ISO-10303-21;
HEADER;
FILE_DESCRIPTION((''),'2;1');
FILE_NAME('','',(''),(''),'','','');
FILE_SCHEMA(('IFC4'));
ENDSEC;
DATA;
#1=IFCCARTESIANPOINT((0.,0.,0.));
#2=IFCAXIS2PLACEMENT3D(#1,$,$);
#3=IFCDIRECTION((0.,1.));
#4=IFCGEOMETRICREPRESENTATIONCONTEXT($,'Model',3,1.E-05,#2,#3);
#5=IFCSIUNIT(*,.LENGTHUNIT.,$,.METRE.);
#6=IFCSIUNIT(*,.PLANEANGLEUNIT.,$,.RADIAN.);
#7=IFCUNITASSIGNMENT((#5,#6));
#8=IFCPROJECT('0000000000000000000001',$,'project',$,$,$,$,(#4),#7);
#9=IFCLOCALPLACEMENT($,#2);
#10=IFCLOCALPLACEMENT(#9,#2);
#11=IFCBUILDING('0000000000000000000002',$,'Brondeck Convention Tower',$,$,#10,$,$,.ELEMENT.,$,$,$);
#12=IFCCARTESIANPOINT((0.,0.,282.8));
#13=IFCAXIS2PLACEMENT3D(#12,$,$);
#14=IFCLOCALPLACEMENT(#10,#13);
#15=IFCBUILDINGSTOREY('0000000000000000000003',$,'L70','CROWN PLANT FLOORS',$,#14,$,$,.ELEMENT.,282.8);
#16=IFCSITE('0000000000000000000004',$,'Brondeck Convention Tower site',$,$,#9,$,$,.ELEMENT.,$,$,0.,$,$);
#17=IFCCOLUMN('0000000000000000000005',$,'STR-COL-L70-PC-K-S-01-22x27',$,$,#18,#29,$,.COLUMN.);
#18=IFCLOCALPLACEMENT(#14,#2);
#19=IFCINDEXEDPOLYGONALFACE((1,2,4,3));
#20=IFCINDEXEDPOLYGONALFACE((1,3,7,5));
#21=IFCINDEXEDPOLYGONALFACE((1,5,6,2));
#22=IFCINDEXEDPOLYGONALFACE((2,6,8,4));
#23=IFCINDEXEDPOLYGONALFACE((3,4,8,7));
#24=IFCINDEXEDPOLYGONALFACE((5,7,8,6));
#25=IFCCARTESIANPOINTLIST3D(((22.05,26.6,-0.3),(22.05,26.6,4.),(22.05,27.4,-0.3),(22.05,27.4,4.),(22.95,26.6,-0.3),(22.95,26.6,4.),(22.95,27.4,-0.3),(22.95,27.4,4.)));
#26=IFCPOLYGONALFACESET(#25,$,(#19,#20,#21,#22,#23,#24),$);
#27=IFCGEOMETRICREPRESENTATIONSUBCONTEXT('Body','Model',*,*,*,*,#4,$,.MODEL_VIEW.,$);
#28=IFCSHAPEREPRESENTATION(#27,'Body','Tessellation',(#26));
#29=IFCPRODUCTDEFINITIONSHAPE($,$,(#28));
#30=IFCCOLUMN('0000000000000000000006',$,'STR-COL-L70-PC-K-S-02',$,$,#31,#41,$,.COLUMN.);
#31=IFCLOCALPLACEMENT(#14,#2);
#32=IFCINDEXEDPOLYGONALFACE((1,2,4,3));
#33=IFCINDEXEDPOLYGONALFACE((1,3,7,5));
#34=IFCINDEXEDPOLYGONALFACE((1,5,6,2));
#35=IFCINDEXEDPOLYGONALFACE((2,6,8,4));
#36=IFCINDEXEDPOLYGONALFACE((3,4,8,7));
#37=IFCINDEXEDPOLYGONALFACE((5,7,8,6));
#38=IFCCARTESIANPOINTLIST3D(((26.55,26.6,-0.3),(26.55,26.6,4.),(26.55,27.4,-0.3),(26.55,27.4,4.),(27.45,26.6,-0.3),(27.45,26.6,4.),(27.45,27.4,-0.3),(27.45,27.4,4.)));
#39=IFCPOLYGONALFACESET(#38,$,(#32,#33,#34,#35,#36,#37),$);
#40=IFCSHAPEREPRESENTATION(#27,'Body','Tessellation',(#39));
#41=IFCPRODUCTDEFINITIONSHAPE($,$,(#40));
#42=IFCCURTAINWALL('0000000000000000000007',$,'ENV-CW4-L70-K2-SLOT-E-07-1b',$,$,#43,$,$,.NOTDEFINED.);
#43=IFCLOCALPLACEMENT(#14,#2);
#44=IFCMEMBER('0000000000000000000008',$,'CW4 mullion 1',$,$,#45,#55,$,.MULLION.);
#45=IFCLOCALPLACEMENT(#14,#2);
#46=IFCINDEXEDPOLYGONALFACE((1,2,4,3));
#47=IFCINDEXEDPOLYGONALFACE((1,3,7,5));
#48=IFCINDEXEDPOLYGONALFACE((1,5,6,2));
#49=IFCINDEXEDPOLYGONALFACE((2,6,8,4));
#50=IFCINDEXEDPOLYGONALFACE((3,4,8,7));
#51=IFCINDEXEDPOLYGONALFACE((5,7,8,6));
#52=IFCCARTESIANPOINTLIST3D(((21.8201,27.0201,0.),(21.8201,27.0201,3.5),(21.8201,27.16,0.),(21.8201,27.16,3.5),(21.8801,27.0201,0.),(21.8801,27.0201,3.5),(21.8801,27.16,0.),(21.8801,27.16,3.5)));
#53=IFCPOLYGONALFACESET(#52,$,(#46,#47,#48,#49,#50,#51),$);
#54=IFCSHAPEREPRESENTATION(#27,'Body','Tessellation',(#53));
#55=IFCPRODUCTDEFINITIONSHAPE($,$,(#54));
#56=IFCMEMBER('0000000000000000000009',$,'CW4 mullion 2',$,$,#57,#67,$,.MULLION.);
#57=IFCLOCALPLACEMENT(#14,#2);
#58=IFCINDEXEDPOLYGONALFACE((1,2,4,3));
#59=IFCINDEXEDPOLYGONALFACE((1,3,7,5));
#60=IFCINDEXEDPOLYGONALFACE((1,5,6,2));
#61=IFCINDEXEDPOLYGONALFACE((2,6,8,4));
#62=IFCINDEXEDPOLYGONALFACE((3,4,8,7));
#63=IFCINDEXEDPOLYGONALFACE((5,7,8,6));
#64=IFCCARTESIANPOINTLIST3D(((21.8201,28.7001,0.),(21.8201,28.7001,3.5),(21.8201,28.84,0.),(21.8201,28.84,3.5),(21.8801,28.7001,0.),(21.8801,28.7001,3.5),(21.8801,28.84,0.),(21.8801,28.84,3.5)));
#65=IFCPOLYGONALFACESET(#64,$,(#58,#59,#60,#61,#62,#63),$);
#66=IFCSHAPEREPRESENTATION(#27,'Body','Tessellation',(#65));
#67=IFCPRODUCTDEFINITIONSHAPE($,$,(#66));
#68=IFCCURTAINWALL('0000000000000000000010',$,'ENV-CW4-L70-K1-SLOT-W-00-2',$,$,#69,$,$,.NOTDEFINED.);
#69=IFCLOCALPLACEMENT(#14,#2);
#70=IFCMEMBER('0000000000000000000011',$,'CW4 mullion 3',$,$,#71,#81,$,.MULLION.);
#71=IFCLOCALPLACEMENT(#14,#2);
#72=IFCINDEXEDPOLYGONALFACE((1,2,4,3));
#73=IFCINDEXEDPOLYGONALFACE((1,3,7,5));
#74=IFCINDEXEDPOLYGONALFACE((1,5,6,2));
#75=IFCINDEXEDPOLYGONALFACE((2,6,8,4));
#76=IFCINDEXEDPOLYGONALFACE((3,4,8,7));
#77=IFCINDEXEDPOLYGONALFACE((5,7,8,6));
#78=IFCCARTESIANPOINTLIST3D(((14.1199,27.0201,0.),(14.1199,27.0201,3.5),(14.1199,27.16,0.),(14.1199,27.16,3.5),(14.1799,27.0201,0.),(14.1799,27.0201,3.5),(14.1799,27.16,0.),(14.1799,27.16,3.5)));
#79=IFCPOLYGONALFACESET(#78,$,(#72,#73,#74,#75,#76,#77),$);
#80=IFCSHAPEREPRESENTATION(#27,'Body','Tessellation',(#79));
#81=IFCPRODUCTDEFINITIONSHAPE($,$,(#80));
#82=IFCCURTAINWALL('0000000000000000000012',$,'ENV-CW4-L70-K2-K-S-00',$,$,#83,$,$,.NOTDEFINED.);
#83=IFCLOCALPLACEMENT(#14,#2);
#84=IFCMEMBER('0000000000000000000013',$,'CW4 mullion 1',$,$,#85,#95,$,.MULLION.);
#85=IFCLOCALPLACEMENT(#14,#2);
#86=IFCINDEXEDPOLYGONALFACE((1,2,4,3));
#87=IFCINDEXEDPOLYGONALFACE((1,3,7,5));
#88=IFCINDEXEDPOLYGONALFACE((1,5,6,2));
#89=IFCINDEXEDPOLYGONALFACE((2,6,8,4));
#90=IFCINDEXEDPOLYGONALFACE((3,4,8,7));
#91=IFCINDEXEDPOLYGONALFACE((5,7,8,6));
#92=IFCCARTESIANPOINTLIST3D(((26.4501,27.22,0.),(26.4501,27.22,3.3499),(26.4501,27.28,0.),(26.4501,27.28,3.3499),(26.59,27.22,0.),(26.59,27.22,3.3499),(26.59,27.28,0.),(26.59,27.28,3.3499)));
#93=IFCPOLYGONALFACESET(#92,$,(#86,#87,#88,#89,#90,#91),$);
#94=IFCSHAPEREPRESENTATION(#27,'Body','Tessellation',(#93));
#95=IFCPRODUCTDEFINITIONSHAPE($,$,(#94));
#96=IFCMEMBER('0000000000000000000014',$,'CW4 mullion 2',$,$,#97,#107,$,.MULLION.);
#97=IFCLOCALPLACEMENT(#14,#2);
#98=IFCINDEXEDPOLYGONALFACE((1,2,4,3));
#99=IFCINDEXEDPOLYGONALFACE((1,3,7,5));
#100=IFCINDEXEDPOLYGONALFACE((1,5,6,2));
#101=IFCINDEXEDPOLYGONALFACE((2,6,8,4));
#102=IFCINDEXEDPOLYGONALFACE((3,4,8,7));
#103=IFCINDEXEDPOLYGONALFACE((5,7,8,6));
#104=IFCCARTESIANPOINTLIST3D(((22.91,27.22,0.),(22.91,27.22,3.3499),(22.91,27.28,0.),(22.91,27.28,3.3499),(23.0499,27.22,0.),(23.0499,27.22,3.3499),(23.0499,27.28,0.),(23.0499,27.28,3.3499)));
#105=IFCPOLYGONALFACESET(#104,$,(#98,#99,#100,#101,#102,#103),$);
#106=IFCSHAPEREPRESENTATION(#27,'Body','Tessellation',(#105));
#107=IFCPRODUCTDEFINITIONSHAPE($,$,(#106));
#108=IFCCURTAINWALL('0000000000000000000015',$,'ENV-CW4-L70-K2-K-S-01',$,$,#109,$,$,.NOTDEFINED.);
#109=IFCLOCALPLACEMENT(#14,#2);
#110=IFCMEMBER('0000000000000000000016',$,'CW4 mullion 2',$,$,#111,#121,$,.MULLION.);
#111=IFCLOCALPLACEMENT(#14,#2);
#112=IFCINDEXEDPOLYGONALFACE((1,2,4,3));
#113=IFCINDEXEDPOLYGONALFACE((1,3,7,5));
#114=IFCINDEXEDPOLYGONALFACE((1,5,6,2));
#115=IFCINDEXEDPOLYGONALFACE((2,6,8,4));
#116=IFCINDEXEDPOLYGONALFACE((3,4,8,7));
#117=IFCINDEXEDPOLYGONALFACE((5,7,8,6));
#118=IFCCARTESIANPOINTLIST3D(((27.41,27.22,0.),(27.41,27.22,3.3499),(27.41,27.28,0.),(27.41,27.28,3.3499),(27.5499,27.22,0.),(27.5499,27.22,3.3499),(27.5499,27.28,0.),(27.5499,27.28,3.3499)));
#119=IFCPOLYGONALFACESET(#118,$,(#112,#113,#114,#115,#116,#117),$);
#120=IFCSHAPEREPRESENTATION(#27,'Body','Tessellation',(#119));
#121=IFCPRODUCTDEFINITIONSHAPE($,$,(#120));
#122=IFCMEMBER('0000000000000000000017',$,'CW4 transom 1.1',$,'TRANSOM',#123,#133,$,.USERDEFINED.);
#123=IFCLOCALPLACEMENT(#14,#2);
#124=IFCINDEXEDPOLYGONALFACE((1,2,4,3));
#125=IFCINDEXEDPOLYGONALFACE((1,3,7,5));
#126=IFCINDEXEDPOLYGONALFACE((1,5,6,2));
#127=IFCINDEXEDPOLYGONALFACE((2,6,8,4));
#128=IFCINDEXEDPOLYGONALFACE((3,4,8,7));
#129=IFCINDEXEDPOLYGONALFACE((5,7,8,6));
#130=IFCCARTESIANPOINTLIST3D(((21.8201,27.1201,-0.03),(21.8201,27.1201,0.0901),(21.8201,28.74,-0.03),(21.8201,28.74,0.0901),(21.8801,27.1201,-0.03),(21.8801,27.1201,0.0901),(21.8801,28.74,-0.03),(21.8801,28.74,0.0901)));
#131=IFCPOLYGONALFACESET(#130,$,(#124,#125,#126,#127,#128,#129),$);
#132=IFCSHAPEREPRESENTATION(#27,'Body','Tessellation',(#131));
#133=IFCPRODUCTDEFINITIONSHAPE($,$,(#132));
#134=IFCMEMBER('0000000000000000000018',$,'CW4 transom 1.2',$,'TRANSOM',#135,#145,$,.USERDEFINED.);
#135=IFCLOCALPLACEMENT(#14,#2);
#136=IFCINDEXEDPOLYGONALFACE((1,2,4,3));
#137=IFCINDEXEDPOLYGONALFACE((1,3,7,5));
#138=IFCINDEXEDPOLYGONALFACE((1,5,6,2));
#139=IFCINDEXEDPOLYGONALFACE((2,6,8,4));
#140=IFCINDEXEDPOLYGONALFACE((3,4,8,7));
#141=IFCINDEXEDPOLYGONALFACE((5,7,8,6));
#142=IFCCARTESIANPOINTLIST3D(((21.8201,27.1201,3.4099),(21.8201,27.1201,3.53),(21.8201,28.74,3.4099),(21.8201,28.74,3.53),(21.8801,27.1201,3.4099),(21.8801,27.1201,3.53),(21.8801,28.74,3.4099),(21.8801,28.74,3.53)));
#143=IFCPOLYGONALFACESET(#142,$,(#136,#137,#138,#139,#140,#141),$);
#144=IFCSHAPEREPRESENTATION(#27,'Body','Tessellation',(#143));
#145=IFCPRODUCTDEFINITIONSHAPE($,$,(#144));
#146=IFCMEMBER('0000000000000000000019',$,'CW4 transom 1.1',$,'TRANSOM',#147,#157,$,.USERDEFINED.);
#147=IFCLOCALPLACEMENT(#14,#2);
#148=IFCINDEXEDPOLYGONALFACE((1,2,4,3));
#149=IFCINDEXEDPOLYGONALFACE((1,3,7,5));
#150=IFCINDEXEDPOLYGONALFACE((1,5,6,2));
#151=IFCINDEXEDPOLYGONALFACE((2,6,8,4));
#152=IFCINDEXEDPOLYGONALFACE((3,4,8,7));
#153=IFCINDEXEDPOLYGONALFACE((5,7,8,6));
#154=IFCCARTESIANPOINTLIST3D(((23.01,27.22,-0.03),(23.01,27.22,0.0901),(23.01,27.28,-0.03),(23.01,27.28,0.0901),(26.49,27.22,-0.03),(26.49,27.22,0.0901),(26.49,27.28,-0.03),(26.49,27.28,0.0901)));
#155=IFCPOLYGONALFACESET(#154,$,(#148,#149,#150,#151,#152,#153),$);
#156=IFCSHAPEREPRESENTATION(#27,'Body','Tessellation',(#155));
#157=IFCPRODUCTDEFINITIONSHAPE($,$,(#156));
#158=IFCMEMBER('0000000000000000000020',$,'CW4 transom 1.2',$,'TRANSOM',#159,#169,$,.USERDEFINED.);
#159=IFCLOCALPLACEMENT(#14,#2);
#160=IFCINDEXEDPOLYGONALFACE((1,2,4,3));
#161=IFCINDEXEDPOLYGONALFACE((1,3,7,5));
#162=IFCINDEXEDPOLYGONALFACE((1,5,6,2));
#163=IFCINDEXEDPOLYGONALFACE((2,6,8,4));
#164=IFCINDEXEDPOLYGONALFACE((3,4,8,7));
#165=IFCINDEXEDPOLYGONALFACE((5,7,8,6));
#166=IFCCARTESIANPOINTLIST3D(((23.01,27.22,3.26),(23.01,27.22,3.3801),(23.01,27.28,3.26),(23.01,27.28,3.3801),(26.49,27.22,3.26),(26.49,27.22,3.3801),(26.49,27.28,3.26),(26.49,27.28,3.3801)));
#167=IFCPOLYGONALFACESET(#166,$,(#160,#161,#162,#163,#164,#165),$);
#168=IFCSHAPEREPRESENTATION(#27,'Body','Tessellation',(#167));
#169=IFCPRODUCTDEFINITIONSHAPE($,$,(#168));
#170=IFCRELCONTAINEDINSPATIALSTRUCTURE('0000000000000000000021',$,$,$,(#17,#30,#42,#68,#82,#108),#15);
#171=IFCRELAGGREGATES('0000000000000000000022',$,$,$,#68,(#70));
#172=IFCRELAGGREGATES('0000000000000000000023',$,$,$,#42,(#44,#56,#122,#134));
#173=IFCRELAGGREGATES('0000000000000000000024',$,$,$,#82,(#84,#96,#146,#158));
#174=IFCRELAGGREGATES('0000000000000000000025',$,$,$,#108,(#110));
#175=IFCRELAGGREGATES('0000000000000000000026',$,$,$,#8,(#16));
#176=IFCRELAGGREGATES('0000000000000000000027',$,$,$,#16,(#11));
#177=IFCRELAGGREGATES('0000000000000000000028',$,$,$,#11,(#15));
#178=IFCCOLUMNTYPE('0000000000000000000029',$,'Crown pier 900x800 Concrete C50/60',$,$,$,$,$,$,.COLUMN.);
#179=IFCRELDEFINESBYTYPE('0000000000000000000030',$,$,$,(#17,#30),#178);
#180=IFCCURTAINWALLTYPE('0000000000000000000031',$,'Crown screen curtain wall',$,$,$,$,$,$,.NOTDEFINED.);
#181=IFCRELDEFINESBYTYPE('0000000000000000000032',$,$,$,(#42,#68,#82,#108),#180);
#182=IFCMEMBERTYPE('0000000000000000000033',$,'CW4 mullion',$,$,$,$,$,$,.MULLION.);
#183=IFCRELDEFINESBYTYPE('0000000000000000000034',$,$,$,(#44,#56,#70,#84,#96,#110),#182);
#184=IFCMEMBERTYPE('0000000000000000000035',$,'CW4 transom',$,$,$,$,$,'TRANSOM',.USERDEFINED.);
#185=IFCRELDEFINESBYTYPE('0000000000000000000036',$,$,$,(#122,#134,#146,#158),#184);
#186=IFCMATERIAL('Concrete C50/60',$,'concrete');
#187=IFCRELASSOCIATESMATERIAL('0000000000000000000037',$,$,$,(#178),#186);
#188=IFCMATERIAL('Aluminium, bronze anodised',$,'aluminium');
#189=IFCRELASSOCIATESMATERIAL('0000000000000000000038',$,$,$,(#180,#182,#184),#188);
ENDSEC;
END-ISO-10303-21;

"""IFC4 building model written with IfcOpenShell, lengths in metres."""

from ifc_helpers import new_model, si_unit, direction, frame, origin, origin_2d, place, context, subcontext, project, spatial, rectangle, extrude, material, material_profile, profile_set, type_object, element, aggregate, save


model = new_model("IFC4")

# Units and contexts
model_context = context("Model", 3, precision=1e-05, world=origin(), true_north=direction((0.0, 1.0)))
body_context = subcontext(model_context, "Body", "Model", "MODEL_VIEW")
ifc_project = project(units=[si_unit("LENGTHUNIT", "METRE"), si_unit("PLANEANGLEUNIT", "RADIAN")], contexts=[model_context])

# Site, building, storey
site_placement = place(None, origin())
site = spatial("IfcSite", under=ifc_project, at=site_placement, Name="Brondeck Convention Tower site", CompositionType="ELEMENT", RefElevation=0.0)
building_placement = place(site_placement, origin())
building = spatial("IfcBuilding", under=site, at=building_placement, Name="Brondeck Convention Tower", CompositionType="ELEMENT")
storey_placement = place(building_placement, frame((0.0, 0.0, 282.8)))
storey = spatial("IfcBuildingStorey", under=building, at=storey_placement, Name="L70", Description="CROWN PLANT FLOORS", CompositionType="ELEMENT", Elevation=282.8)

# Columns
ifc_material_1 = material(Name="Concrete C50/60", Category="concrete")
ifc_material_profile_1 = material_profile(ifc_material_1, rectangle(XDim=0.8999, YDim=0.8, at=origin_2d()), Name="Crown pier 900x800 Concrete C50/60")
ifc_profile_set_1 = profile_set([ifc_material_profile_1], Name="Concrete C50/60")
column_type = type_object("IfcColumnType", Name="Crown pier 900x800 Concrete C50/60", PredefinedType="COLUMN", material=ifc_profile_set_1)
for number, where, z_axis, x_axis, name in (
    (1, (22.5, 27.0, -0.3), (0.0, 0.0, 1.0), (1.0, 0.0, 0.0), "STR-COL-L70-PC-K-S-01-22x27"),
    (2, (27.0, 27.0, -0.3), (0.0, 0.0, 1.0), (1.0, 0.0, 0.0), "STR-COL-L70-PC-K-S-02"),
):
    element("IfcColumn", number, at=place(storey_placement, frame(where, z_axis=z_axis, x_axis=x_axis)), inside=storey, type_object=column_type, Name=name, PredefinedType="COLUMN", context=body_context, shape_type="SweptSolid", body=[
        extrude(rectangle(XDim=0.8999, YDim=0.8, at=origin_2d()), origin(), (0.0, 0.0, 1.0), 4.3),
    ])

# Curtain wall, members
ifc_material_2 = material(Name="Aluminium, bronze anodised", Category="aluminium")
curtain_wall_type = type_object("IfcCurtainWallType", Name="Crown screen curtain wall", PredefinedType="NOTDEFINED", material=ifc_material_2)
curtain_wall_1_placement = place(storey_placement, origin())
curtain_wall_1 = element("IfcCurtainWall", 3, at=curtain_wall_1_placement, inside=storey, type_object=curtain_wall_type, Name="ENV-CW4-L70-K2-SLOT-E-07-1b", PredefinedType="NOTDEFINED")
ifc_material_profile_2 = material_profile(ifc_material_2, rectangle(XDim=0.0601, YDim=0.1399, at=origin_2d()), Name="CW4 mullion")
ifc_profile_set_2 = profile_set([ifc_material_profile_2], Name="Aluminium, bronze anodised")
member_type_1 = type_object("IfcMemberType", Name="CW4 mullion", PredefinedType="MULLION", material=ifc_profile_set_2)
member_1_placement = place(storey_placement, frame((21.8501, 27.0901, 0.0), z_axis=(0.0, 0.0, 1.0), x_axis=(-1.0, 0.0, 0.0)))
member_1 = element("IfcMember", 4, at=member_1_placement, type_object=member_type_1, Name="CW4 mullion 1", PredefinedType="MULLION", context=body_context, shape_type="SweptSolid", body=[
    extrude(rectangle(XDim=0.0601, YDim=0.1399, at=origin_2d()), origin(), (0.0, 0.0, 1.0), 3.5),
])
member_2_placement = place(storey_placement, frame((21.8501, 28.77, 0.0), z_axis=(0.0, 0.0, 1.0), x_axis=(-1.0, 0.0, 0.0)))
member_2 = element("IfcMember", 5, at=member_2_placement, type_object=member_type_1, Name="CW4 mullion 2", PredefinedType="MULLION", context=body_context, shape_type="SweptSolid", body=[
    extrude(rectangle(XDim=0.0601, YDim=0.1399, at=origin_2d()), origin(), (0.0, 0.0, 1.0), 3.5),
])

# Curtain wall, member
curtain_wall_2_placement = place(storey_placement, origin())
curtain_wall_2 = element("IfcCurtainWall", 6, at=curtain_wall_2_placement, inside=storey, type_object=curtain_wall_type, Name="ENV-CW4-L70-K1-SLOT-W-00-2", PredefinedType="NOTDEFINED")
member_3_placement = place(storey_placement, frame((14.1499, 27.0901, 0.0), z_axis=(0.0, 0.0, 1.0), x_axis=(1.0, 0.0, 0.0)))
member_3 = element("IfcMember", 7, at=member_3_placement, type_object=member_type_1, Name="CW4 mullion 3", PredefinedType="MULLION", context=body_context, shape_type="SweptSolid", body=[
    extrude(rectangle(XDim=0.0601, YDim=0.1399, at=origin_2d()), origin(), (0.0, 0.0, 1.0), 3.5),
])
aggregate(curtain_wall_2, [member_3])

# Curtain wall, members
curtain_wall_3_placement = place(storey_placement, origin())
curtain_wall_3 = element("IfcCurtainWall", 8, at=curtain_wall_3_placement, inside=storey, type_object=curtain_wall_type, Name="ENV-CW4-L70-K2-K-S-00", PredefinedType="NOTDEFINED")
member_4_placement = place(storey_placement, frame((26.52, 27.25, 0.0), z_axis=(0.0, 0.0, 1.0), x_axis=(0.0, -1.0, 0.0)))
member_4 = element("IfcMember", 9, at=member_4_placement, type_object=member_type_1, Name="CW4 mullion 1", PredefinedType="MULLION", context=body_context, shape_type="SweptSolid", body=[
    extrude(rectangle(XDim=0.0601, YDim=0.1399, at=origin_2d()), origin(), (0.0, 0.0, 1.0), 3.3499),
])
member_5_placement = place(storey_placement, frame((22.98, 27.25, 0.0), z_axis=(0.0, 0.0, 1.0), x_axis=(0.0, -1.0, 0.0)))
member_5 = element("IfcMember", 10, at=member_5_placement, type_object=member_type_1, Name="CW4 mullion 2", PredefinedType="MULLION", context=body_context, shape_type="SweptSolid", body=[
    extrude(rectangle(XDim=0.0601, YDim=0.1399, at=origin_2d()), origin(), (0.0, 0.0, 1.0), 3.3499),
])

# Curtain wall, member
curtain_wall_4_placement = place(storey_placement, origin())
curtain_wall_4 = element("IfcCurtainWall", 11, at=curtain_wall_4_placement, inside=storey, type_object=curtain_wall_type, Name="ENV-CW4-L70-K2-K-S-01", PredefinedType="NOTDEFINED")
member_6_placement = place(storey_placement, frame((27.48, 27.25, 0.0), z_axis=(0.0, 0.0, 1.0), x_axis=(0.0, -1.0, 0.0)))
member_6 = element("IfcMember", 12, at=member_6_placement, type_object=member_type_1, Name="CW4 mullion 2", PredefinedType="MULLION", context=body_context, shape_type="SweptSolid", body=[
    extrude(rectangle(XDim=0.0601, YDim=0.1399, at=origin_2d()), origin(), (0.0, 0.0, 1.0), 3.3499),
])

# Members
ifc_material_profile_3 = material_profile(ifc_material_2, rectangle(XDim=0.0601, YDim=0.1201, at=origin_2d()), Name="CW4 transom")
ifc_profile_set_3 = profile_set([ifc_material_profile_3], Name="Aluminium, bronze anodised")
member_type_2 = type_object("IfcMemberType", Name="CW4 transom", ElementType="TRANSOM", PredefinedType="USERDEFINED", material=ifc_profile_set_3)
member_7_placement = place(storey_placement, frame((21.8501, 27.1201, 0.03), z_axis=(0.0, 1.0, 0.0), x_axis=(-1.0, 0.0, 0.0)))
member_7 = element("IfcMember", 13, at=member_7_placement, type_object=member_type_2, Name="CW4 transom 1.1", ObjectType="TRANSOM", PredefinedType="USERDEFINED", context=body_context, shape_type="SweptSolid", body=[
    extrude(rectangle(XDim=0.0601, YDim=0.1201, at=origin_2d()), origin(), (0.0, 0.0, 1.0), 1.6199),
])
member_8_placement = place(storey_placement, frame((21.8501, 27.1201, 3.47), z_axis=(0.0, 1.0, 0.0), x_axis=(-1.0, 0.0, 0.0)))
member_8 = element("IfcMember", 14, at=member_8_placement, type_object=member_type_2, Name="CW4 transom 1.2", ObjectType="TRANSOM", PredefinedType="USERDEFINED", context=body_context, shape_type="SweptSolid", body=[
    extrude(rectangle(XDim=0.0601, YDim=0.1201, at=origin_2d()), origin(), (0.0, 0.0, 1.0), 1.6199),
])
member_9_placement = place(storey_placement, frame((26.49, 27.25, 0.03), z_axis=(-1.0, 0.0, 0.0), x_axis=(0.0, -1.0, 0.0)))
member_9 = element("IfcMember", 15, at=member_9_placement, type_object=member_type_2, Name="CW4 transom 1.1", ObjectType="TRANSOM", PredefinedType="USERDEFINED", context=body_context, shape_type="SweptSolid", body=[
    extrude(rectangle(XDim=0.0601, YDim=0.1201, at=origin_2d()), origin(), (0.0, 0.0, 1.0), 3.48),
])
member_10_placement = place(storey_placement, frame((26.49, 27.25, 3.3201), z_axis=(-1.0, 0.0, 0.0), x_axis=(0.0, -1.0, 0.0)))
member_10 = element("IfcMember", 16, at=member_10_placement, type_object=member_type_2, Name="CW4 transom 1.2", ObjectType="TRANSOM", PredefinedType="USERDEFINED", context=body_context, shape_type="SweptSolid", body=[
    extrude(rectangle(XDim=0.0601, YDim=0.1201, at=origin_2d()), origin(), (0.0, 0.0, 1.0), 3.48),
])

aggregate(curtain_wall_1, [member_1, member_2, member_7, member_8])
aggregate(curtain_wall_3, [member_4, member_5, member_9, member_10])
aggregate(curtain_wall_4, [member_6])

save(model, "model.ifc")
